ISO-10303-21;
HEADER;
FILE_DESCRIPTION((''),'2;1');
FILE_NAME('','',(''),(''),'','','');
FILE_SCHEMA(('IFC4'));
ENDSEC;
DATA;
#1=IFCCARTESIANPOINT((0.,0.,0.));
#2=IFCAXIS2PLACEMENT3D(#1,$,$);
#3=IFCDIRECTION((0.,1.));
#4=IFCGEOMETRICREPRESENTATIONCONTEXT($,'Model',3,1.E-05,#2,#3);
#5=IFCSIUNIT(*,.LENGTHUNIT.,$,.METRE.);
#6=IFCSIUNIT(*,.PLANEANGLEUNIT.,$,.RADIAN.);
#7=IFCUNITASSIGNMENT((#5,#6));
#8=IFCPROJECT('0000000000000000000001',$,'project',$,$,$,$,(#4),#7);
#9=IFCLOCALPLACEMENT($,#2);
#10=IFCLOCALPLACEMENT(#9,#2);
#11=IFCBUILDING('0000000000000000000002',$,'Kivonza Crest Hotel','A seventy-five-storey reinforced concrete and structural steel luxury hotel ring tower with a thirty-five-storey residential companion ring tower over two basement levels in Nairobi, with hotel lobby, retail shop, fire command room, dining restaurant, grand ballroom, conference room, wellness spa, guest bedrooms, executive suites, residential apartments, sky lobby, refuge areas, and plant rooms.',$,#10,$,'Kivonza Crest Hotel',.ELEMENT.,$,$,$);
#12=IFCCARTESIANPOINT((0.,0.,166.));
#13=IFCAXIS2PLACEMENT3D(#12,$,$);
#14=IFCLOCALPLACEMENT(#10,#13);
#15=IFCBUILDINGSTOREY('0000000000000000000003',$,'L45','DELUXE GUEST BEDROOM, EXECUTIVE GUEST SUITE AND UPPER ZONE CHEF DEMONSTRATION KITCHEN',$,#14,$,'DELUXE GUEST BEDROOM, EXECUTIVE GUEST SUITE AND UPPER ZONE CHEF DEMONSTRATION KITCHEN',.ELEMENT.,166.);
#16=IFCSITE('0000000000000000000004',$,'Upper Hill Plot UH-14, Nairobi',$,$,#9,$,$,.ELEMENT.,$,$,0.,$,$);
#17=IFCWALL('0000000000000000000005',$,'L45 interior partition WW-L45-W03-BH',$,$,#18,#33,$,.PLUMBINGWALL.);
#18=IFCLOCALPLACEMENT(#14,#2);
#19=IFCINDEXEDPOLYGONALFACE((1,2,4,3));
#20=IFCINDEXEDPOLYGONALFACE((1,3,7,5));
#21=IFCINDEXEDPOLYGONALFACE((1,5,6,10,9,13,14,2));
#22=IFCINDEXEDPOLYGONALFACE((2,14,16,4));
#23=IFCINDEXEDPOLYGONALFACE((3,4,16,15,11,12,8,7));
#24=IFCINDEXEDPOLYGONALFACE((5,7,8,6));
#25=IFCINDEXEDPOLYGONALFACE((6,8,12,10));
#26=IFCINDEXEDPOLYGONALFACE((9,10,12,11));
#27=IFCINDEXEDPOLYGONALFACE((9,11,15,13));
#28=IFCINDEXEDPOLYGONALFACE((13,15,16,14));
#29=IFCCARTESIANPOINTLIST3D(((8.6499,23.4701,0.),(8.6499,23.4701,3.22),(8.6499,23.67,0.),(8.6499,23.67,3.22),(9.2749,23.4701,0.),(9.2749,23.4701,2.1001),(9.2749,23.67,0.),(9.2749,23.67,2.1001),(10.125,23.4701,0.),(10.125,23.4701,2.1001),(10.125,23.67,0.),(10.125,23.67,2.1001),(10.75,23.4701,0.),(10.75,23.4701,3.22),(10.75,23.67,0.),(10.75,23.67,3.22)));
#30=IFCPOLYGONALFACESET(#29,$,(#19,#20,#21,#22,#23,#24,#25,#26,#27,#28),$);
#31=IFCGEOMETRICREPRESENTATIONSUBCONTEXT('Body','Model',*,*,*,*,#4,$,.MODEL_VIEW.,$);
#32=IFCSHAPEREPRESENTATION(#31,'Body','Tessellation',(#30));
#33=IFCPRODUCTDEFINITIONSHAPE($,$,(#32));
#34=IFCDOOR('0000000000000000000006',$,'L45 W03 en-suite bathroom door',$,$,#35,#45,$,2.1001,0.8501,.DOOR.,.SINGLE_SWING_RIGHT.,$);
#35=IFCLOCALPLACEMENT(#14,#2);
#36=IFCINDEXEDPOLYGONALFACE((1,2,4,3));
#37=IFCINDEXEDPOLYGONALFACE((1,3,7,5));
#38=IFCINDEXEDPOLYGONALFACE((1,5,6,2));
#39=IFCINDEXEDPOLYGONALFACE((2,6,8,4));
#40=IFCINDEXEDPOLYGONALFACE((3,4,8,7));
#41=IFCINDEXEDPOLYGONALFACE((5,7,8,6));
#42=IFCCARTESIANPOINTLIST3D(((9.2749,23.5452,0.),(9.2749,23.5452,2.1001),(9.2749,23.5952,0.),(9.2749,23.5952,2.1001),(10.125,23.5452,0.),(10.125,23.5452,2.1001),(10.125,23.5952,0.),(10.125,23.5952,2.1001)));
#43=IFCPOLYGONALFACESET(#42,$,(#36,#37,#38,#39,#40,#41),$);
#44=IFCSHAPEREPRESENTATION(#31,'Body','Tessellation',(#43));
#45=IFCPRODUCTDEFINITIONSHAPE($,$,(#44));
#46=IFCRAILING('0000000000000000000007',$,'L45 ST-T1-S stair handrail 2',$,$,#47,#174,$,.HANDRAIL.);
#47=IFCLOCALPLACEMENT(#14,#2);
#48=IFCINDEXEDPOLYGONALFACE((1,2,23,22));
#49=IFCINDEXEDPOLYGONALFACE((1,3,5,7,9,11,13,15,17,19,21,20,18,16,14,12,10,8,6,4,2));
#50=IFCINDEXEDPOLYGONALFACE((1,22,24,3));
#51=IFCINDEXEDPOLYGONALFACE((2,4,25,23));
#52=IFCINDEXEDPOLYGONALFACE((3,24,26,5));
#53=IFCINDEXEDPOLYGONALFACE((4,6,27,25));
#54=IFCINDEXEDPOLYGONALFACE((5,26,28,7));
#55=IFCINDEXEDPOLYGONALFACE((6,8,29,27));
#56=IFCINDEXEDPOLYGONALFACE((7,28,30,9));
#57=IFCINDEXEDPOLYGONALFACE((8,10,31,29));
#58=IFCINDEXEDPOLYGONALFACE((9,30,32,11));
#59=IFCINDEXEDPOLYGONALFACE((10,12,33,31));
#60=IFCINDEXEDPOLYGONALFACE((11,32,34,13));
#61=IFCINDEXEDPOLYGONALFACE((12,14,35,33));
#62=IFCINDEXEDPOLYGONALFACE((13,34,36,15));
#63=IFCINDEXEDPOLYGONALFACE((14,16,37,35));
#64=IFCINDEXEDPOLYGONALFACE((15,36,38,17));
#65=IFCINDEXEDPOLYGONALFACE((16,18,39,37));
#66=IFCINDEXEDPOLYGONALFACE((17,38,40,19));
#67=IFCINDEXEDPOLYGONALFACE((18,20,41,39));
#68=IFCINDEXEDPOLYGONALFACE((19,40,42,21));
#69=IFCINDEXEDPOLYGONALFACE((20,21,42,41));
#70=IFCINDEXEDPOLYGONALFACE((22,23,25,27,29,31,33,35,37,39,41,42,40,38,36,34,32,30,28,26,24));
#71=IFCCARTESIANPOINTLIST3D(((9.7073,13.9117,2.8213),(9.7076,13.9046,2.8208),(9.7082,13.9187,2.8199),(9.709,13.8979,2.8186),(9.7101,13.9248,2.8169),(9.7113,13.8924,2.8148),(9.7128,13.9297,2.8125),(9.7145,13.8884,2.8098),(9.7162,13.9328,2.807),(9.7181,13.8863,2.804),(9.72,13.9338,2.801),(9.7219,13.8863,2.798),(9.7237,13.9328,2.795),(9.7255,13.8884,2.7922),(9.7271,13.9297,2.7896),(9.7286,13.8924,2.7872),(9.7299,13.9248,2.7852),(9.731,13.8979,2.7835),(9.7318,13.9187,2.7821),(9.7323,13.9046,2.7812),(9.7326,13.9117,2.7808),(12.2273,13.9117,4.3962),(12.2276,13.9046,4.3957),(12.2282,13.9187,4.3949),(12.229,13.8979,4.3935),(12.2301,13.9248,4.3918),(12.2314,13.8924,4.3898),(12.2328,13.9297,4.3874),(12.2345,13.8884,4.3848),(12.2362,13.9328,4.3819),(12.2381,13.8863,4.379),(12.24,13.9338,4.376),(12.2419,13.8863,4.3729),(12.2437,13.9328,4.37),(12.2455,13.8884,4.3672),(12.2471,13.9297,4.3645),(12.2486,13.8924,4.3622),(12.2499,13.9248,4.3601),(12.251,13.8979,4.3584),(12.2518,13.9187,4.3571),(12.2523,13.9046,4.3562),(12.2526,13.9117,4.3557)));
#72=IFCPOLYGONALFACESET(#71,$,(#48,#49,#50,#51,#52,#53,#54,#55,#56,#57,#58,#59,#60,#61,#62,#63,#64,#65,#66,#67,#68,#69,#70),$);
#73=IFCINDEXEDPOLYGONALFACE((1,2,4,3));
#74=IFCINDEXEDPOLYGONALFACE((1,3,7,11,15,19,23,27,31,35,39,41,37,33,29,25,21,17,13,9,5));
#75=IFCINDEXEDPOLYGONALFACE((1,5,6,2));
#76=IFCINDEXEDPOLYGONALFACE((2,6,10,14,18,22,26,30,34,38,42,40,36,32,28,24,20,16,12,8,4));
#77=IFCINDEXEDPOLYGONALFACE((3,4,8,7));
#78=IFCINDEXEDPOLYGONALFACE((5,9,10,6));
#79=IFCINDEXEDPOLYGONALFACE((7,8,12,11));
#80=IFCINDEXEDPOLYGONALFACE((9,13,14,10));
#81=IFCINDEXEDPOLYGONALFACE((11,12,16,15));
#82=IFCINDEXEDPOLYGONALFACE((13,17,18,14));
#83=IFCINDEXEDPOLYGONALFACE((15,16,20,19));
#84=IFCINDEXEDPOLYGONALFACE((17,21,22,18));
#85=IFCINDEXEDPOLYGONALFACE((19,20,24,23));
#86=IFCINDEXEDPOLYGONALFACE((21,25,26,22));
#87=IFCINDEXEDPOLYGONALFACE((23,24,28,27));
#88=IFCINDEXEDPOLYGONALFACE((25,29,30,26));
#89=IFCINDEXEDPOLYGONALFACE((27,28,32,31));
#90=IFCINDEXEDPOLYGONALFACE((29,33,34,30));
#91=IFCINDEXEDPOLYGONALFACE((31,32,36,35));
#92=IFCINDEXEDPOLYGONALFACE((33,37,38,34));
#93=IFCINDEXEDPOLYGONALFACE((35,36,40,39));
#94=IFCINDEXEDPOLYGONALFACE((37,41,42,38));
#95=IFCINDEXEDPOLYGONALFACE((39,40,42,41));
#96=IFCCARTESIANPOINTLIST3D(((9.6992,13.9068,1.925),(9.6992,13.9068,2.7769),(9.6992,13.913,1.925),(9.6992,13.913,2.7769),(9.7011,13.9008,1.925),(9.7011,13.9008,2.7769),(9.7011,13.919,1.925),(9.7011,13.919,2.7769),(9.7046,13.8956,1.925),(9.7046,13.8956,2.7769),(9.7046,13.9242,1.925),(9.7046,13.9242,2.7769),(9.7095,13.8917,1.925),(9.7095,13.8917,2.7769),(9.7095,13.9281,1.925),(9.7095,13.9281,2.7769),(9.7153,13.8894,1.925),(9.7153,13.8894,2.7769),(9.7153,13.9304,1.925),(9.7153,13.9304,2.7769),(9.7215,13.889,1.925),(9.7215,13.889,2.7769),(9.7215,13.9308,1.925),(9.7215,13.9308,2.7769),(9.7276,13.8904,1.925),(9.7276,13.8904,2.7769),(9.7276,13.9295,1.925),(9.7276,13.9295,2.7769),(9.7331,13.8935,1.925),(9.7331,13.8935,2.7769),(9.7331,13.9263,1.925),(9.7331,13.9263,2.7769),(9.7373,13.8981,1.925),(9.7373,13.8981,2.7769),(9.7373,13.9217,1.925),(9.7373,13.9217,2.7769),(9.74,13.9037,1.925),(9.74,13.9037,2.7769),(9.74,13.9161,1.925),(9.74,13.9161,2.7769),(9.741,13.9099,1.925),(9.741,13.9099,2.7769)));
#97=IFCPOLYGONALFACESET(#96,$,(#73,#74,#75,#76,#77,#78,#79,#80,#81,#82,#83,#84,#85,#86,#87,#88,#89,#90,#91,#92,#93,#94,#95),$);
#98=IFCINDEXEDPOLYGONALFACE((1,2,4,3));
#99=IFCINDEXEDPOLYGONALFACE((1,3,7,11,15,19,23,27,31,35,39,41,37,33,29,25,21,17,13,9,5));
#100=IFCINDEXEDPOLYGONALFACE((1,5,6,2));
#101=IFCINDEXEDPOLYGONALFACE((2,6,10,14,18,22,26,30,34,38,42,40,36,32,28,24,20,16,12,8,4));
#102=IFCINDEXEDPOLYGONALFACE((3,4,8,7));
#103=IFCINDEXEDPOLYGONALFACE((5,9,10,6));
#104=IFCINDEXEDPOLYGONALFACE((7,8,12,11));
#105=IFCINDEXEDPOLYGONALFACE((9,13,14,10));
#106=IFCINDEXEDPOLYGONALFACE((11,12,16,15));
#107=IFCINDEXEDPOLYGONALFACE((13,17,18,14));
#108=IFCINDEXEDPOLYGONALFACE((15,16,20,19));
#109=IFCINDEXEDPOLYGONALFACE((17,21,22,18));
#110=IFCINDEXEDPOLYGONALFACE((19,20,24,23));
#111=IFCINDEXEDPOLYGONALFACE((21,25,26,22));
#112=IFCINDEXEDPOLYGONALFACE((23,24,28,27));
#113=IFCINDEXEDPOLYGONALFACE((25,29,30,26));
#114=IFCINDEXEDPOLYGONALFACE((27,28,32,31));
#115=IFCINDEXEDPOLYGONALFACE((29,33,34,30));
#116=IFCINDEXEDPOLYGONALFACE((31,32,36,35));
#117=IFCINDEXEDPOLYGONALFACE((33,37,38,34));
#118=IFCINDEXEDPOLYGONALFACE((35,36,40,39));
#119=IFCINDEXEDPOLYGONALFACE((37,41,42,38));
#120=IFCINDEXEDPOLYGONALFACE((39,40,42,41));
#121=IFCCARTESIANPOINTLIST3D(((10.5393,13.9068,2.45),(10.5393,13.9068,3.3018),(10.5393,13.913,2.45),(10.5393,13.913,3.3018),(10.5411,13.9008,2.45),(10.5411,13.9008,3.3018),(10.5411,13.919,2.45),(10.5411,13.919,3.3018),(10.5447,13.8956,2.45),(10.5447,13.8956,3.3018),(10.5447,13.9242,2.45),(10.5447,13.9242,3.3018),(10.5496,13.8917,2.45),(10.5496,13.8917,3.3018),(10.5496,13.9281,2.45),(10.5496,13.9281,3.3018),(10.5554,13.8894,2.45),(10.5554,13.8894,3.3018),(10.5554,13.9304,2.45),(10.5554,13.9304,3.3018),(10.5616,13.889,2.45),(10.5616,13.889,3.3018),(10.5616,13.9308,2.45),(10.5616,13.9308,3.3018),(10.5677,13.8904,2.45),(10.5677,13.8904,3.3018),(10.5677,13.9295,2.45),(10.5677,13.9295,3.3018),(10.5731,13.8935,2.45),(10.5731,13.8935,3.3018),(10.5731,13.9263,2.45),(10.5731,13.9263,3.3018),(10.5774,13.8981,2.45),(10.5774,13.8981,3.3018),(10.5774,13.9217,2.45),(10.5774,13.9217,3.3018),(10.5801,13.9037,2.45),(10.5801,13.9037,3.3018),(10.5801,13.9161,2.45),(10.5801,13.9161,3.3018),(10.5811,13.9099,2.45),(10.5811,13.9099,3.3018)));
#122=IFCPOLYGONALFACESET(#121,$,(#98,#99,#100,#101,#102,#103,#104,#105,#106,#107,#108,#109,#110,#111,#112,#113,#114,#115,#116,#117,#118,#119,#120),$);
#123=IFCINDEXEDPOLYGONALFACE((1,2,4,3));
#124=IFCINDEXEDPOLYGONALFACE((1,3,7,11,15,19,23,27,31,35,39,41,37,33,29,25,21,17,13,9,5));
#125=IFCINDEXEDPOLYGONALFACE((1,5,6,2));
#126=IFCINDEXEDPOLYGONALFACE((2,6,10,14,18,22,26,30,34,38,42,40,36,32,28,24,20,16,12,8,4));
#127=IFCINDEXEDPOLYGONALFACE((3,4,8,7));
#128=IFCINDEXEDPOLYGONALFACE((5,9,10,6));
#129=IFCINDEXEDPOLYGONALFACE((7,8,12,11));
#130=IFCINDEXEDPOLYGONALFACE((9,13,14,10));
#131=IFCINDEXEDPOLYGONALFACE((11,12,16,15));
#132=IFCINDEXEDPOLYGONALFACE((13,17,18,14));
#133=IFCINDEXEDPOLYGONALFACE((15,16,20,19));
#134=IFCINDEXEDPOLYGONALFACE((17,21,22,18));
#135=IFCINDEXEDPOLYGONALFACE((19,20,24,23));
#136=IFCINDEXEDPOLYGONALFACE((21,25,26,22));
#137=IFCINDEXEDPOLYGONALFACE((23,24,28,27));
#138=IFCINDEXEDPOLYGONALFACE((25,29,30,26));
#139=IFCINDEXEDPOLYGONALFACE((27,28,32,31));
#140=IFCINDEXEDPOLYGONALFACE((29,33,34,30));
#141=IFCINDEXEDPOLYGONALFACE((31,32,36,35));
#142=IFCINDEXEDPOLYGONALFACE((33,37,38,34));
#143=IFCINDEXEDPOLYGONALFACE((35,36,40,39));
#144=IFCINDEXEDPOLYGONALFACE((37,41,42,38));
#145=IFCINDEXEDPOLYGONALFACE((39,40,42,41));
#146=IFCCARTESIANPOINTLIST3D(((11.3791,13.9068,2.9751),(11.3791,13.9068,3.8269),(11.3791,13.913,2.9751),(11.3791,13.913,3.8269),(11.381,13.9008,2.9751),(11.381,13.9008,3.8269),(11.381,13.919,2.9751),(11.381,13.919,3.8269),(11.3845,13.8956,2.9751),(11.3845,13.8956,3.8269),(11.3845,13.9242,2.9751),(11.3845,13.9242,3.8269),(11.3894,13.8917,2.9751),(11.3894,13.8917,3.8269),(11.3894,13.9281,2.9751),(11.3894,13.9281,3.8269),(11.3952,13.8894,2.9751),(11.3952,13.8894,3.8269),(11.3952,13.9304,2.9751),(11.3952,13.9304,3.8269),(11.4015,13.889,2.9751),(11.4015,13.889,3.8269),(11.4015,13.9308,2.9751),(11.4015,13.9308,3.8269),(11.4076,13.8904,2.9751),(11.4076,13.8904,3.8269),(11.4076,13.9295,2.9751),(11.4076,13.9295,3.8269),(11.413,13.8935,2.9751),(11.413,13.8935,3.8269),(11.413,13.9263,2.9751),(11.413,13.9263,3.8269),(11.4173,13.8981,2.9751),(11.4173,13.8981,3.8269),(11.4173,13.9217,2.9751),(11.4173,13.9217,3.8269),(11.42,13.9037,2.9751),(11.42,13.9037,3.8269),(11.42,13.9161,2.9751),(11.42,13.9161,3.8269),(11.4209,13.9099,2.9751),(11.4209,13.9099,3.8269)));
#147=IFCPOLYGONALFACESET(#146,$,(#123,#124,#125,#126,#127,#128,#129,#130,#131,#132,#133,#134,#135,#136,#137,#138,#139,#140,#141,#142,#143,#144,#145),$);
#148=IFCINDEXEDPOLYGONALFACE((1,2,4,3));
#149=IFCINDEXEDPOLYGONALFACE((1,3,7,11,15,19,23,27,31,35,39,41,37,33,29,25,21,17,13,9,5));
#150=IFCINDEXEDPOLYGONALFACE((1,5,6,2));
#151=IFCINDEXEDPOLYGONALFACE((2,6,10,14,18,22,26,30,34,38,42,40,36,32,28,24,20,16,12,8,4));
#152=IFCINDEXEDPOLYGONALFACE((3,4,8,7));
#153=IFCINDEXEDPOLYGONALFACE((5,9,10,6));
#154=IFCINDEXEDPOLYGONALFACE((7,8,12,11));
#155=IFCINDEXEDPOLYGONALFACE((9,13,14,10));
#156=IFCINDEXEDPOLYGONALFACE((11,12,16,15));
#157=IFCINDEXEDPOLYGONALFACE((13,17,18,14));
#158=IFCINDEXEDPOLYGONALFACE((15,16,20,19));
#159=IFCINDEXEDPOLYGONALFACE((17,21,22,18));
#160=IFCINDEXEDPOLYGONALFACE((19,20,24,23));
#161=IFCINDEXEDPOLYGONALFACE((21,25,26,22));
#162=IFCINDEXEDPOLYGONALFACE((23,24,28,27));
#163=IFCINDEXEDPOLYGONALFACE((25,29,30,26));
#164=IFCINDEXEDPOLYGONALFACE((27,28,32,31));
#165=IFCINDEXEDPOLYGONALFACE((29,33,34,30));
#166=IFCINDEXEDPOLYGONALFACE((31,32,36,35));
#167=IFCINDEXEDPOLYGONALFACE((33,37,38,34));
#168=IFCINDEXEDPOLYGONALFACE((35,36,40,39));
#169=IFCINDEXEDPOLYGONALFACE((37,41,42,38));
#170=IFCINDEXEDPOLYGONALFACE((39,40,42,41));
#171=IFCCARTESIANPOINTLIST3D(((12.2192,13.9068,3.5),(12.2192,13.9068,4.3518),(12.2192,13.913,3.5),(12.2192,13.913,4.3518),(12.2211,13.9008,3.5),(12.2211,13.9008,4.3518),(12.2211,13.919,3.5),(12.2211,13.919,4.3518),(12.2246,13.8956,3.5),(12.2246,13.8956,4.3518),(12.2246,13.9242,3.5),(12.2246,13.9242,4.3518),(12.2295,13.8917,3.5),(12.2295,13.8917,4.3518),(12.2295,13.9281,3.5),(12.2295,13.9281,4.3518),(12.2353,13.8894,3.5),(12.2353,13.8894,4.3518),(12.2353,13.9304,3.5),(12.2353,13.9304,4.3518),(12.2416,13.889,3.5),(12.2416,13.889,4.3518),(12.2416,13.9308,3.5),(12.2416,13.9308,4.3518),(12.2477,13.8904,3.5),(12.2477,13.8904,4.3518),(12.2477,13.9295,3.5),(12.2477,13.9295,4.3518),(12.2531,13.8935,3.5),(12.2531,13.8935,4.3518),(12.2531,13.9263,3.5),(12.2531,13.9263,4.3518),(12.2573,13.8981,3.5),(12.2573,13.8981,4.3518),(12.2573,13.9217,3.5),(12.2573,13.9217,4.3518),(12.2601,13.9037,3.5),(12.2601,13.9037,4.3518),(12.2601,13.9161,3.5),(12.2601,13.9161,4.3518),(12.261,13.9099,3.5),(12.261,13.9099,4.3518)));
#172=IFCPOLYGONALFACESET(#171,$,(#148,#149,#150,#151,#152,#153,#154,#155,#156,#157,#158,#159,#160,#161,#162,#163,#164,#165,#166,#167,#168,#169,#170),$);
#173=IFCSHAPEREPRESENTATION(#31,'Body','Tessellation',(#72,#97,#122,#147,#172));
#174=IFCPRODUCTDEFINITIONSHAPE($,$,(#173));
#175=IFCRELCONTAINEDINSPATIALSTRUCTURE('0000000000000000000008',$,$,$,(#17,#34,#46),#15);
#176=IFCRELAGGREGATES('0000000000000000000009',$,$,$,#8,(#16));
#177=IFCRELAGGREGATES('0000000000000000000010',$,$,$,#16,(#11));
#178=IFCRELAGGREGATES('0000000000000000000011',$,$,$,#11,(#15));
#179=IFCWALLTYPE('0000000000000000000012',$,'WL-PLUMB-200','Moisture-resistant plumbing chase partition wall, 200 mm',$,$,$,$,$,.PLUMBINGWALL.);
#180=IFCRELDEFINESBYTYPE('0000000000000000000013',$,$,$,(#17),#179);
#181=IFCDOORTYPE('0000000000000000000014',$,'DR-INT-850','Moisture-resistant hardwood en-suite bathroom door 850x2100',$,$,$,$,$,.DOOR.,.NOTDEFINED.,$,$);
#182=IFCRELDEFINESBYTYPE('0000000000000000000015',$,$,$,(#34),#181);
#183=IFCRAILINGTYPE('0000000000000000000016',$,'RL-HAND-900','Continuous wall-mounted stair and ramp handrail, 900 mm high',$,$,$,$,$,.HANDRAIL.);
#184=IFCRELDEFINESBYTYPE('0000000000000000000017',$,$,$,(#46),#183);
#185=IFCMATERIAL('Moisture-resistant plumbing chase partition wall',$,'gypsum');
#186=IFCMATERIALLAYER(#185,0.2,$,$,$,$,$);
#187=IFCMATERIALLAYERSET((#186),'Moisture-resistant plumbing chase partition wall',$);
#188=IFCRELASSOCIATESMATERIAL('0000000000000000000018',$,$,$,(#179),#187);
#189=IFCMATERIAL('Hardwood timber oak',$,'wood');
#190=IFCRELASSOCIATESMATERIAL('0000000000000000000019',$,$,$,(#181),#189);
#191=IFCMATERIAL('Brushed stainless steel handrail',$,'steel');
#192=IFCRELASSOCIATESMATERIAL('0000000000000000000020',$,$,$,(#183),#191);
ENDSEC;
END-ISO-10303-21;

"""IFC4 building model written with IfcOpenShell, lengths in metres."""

from ifc_helpers import new_model, si_unit, direction, frame, frame_2d, origin, origin_2d, place, context, subcontext, project, spatial, rectangle, circle, extrude, material, layer, layer_set, type_object, element, fill, save


model = new_model("IFC4")

# Units and contexts
model_context = context("Model", 3, precision=1e-05, world=origin(), true_north=direction((0.0, 1.0)))
body_context = subcontext(model_context, "Body", "Model", "MODEL_VIEW")
ifc_project = project(units=[si_unit("LENGTHUNIT", "METRE"), si_unit("PLANEANGLEUNIT", "RADIAN")], contexts=[model_context])

# Site, building, storey
site_placement = place(None, origin())
site = spatial("IfcSite", under=ifc_project, at=site_placement, Name="Upper Hill Plot UH-14, Nairobi", CompositionType="ELEMENT", RefElevation=0.0)
building_placement = place(site_placement, origin())
building = spatial("IfcBuilding", under=site, at=building_placement, Name="Kivonza Crest Hotel", Description="A seventy-five-storey reinforced concrete and structural steel luxury hotel ring tower with a thirty-five-storey residential companion ring tower over two basement levels in Nairobi, with hotel lobby, retail shop, fire command room, dining restaurant, grand ballroom, conference room, wellness spa, guest bedrooms, executive suites, residential apartments, sky lobby, refuge areas, and plant rooms.", LongName="Kivonza Crest Hotel", CompositionType="ELEMENT")
storey_placement = place(building_placement, frame((0.0, 0.0, 166.0)))
storey = spatial("IfcBuildingStorey", under=building, at=storey_placement, Name="L45", Description="DELUXE GUEST BEDROOM, EXECUTIVE GUEST SUITE AND UPPER ZONE CHEF DEMONSTRATION KITCHEN", LongName="DELUXE GUEST BEDROOM, EXECUTIVE GUEST SUITE AND UPPER ZONE CHEF DEMONSTRATION KITCHEN", CompositionType="ELEMENT", Elevation=166.0)

# Shared definitions
ifc_material_1 = material(Name="Hardwood timber oak", Category="wood")

# Wall, opening, door
ifc_material_2 = material(Name="Moisture-resistant plumbing chase partition wall", Category="gypsum")
ifc_layer_1 = layer(ifc_material_2, 0.2)
ifc_layer_set_1 = layer_set([ifc_layer_1], Name="Moisture-resistant plumbing chase partition wall")
wall_type_1 = type_object("IfcWallType", Name="WL-PLUMB-200", Description="Moisture-resistant plumbing chase partition wall, 200 mm", PredefinedType="PLUMBINGWALL", material=ifc_layer_set_1)
wall_1_placement = place(storey_placement, frame((8.6499, 23.5701, 0.0), z_axis=(0.0, 0.0, 1.0), x_axis=(1.0, 0.0, 0.0)))
wall_1 = element("IfcWall", 1, at=wall_1_placement, inside=storey, type_object=wall_type_1, Name="L45 interior partition WW-L45-W03-BH", PredefinedType="PLUMBINGWALL", context=body_context, shape_type="SweptSolid", body=[
    extrude(rectangle(XDim=2.1001, YDim=0.2, at=frame_2d((1.05, 0.0))), origin(), (0.0, 0.0, 1.0), 3.22),
])
opening_1_placement = place(wall_1_placement, frame((0.625, 0.0, 0.0)))
opening_1 = element("IfcOpeningElement", 2, at=opening_1_placement, cuts=wall_1, PredefinedType="OPENING", context=body_context, shape_type="SweptSolid", body=[
    extrude(rectangle(XDim=0.8501, YDim=2.1001, at=frame_2d((0.425, 1.05))), frame((0.0, 0.1099, 0.0), z_axis=(0.0, -1.0, 0.0), x_axis=(1.0, 0.0, 0.0)), (0.0, 0.0, 1.0), 0.22),
])
door_type_1 = type_object("IfcDoorType", Name="DR-INT-850", Description="Moisture-resistant hardwood en-suite bathroom door 850x2100", OperationType="NOTDEFINED", PredefinedType="DOOR", material=ifc_material_1)
door_1_placement = place(opening_1_placement, frame((0.8501, 0.0, 0.0), z_axis=(0.0, 0.0, 1.0), x_axis=(-1.0, 0.0, 0.0)))
door_1 = element("IfcDoor", 3, at=door_1_placement, inside=storey, type_object=door_type_1, Name="L45 W03 en-suite bathroom door", OperationType="SINGLE_SWING_RIGHT", OverallHeight=2.1001, OverallWidth=0.8501, PredefinedType="DOOR", context=body_context, shape_type="SweptSolid", body=[
    extrude(rectangle(XDim=0.8501, YDim=2.1001, at=frame_2d((0.425, 1.05))), frame((0.0, 0.0249, 0.0), z_axis=(0.0, -1.0, 0.0), x_axis=(1.0, 0.0, 0.0)), (0.0, 0.0, 1.0), 0.05),
])
fill(opening_1, door_1)

# Railing
ifc_material_3 = material(Name="Brushed stainless steel handrail", Category="steel")
railing_type_1 = type_object("IfcRailingType", Name="RL-HAND-900", Description="Continuous wall-mounted stair and ramp handrail, 900 mm high", PredefinedType="HANDRAIL", material=ifc_material_3)
railing_1_placement = place(storey_placement, frame((9.72, 13.9099, 1.925)))
element("IfcRailing", 4, at=railing_1_placement, inside=storey, type_object=railing_type_1, Name="L45 ST-T1-S stair handrail 2", PredefinedType="HANDRAIL", context=body_context, shape_type="SweptSolid", body=[
    extrude(circle(Radius=0.0239, at=origin_2d()), frame((0.0, 0.0, 0.876), z_axis=(0.848008, 0.0, 0.529984), x_axis=(0.0, 1.0, 0.0)), (0.0, 0.0, 1.0), 2.9717),
    extrude(circle(Radius=0.021, at=origin_2d()), origin(), (0.0, 0.0, 1.0), 0.8518),
    extrude(circle(Radius=0.021, at=origin_2d()), frame((0.8401, 0.0, 0.5249)), (0.0, 0.0, 1.0), 0.8518),
    extrude(circle(Radius=0.021, at=origin_2d()), frame((1.6799, 0.0, 1.05)), (0.0, 0.0, 1.0), 0.8518),
    extrude(circle(Radius=0.021, at=origin_2d()), frame((2.52, 0.0, 1.575)), (0.0, 0.0, 1.0), 0.8518),
])

save(model, "model.ifc")
